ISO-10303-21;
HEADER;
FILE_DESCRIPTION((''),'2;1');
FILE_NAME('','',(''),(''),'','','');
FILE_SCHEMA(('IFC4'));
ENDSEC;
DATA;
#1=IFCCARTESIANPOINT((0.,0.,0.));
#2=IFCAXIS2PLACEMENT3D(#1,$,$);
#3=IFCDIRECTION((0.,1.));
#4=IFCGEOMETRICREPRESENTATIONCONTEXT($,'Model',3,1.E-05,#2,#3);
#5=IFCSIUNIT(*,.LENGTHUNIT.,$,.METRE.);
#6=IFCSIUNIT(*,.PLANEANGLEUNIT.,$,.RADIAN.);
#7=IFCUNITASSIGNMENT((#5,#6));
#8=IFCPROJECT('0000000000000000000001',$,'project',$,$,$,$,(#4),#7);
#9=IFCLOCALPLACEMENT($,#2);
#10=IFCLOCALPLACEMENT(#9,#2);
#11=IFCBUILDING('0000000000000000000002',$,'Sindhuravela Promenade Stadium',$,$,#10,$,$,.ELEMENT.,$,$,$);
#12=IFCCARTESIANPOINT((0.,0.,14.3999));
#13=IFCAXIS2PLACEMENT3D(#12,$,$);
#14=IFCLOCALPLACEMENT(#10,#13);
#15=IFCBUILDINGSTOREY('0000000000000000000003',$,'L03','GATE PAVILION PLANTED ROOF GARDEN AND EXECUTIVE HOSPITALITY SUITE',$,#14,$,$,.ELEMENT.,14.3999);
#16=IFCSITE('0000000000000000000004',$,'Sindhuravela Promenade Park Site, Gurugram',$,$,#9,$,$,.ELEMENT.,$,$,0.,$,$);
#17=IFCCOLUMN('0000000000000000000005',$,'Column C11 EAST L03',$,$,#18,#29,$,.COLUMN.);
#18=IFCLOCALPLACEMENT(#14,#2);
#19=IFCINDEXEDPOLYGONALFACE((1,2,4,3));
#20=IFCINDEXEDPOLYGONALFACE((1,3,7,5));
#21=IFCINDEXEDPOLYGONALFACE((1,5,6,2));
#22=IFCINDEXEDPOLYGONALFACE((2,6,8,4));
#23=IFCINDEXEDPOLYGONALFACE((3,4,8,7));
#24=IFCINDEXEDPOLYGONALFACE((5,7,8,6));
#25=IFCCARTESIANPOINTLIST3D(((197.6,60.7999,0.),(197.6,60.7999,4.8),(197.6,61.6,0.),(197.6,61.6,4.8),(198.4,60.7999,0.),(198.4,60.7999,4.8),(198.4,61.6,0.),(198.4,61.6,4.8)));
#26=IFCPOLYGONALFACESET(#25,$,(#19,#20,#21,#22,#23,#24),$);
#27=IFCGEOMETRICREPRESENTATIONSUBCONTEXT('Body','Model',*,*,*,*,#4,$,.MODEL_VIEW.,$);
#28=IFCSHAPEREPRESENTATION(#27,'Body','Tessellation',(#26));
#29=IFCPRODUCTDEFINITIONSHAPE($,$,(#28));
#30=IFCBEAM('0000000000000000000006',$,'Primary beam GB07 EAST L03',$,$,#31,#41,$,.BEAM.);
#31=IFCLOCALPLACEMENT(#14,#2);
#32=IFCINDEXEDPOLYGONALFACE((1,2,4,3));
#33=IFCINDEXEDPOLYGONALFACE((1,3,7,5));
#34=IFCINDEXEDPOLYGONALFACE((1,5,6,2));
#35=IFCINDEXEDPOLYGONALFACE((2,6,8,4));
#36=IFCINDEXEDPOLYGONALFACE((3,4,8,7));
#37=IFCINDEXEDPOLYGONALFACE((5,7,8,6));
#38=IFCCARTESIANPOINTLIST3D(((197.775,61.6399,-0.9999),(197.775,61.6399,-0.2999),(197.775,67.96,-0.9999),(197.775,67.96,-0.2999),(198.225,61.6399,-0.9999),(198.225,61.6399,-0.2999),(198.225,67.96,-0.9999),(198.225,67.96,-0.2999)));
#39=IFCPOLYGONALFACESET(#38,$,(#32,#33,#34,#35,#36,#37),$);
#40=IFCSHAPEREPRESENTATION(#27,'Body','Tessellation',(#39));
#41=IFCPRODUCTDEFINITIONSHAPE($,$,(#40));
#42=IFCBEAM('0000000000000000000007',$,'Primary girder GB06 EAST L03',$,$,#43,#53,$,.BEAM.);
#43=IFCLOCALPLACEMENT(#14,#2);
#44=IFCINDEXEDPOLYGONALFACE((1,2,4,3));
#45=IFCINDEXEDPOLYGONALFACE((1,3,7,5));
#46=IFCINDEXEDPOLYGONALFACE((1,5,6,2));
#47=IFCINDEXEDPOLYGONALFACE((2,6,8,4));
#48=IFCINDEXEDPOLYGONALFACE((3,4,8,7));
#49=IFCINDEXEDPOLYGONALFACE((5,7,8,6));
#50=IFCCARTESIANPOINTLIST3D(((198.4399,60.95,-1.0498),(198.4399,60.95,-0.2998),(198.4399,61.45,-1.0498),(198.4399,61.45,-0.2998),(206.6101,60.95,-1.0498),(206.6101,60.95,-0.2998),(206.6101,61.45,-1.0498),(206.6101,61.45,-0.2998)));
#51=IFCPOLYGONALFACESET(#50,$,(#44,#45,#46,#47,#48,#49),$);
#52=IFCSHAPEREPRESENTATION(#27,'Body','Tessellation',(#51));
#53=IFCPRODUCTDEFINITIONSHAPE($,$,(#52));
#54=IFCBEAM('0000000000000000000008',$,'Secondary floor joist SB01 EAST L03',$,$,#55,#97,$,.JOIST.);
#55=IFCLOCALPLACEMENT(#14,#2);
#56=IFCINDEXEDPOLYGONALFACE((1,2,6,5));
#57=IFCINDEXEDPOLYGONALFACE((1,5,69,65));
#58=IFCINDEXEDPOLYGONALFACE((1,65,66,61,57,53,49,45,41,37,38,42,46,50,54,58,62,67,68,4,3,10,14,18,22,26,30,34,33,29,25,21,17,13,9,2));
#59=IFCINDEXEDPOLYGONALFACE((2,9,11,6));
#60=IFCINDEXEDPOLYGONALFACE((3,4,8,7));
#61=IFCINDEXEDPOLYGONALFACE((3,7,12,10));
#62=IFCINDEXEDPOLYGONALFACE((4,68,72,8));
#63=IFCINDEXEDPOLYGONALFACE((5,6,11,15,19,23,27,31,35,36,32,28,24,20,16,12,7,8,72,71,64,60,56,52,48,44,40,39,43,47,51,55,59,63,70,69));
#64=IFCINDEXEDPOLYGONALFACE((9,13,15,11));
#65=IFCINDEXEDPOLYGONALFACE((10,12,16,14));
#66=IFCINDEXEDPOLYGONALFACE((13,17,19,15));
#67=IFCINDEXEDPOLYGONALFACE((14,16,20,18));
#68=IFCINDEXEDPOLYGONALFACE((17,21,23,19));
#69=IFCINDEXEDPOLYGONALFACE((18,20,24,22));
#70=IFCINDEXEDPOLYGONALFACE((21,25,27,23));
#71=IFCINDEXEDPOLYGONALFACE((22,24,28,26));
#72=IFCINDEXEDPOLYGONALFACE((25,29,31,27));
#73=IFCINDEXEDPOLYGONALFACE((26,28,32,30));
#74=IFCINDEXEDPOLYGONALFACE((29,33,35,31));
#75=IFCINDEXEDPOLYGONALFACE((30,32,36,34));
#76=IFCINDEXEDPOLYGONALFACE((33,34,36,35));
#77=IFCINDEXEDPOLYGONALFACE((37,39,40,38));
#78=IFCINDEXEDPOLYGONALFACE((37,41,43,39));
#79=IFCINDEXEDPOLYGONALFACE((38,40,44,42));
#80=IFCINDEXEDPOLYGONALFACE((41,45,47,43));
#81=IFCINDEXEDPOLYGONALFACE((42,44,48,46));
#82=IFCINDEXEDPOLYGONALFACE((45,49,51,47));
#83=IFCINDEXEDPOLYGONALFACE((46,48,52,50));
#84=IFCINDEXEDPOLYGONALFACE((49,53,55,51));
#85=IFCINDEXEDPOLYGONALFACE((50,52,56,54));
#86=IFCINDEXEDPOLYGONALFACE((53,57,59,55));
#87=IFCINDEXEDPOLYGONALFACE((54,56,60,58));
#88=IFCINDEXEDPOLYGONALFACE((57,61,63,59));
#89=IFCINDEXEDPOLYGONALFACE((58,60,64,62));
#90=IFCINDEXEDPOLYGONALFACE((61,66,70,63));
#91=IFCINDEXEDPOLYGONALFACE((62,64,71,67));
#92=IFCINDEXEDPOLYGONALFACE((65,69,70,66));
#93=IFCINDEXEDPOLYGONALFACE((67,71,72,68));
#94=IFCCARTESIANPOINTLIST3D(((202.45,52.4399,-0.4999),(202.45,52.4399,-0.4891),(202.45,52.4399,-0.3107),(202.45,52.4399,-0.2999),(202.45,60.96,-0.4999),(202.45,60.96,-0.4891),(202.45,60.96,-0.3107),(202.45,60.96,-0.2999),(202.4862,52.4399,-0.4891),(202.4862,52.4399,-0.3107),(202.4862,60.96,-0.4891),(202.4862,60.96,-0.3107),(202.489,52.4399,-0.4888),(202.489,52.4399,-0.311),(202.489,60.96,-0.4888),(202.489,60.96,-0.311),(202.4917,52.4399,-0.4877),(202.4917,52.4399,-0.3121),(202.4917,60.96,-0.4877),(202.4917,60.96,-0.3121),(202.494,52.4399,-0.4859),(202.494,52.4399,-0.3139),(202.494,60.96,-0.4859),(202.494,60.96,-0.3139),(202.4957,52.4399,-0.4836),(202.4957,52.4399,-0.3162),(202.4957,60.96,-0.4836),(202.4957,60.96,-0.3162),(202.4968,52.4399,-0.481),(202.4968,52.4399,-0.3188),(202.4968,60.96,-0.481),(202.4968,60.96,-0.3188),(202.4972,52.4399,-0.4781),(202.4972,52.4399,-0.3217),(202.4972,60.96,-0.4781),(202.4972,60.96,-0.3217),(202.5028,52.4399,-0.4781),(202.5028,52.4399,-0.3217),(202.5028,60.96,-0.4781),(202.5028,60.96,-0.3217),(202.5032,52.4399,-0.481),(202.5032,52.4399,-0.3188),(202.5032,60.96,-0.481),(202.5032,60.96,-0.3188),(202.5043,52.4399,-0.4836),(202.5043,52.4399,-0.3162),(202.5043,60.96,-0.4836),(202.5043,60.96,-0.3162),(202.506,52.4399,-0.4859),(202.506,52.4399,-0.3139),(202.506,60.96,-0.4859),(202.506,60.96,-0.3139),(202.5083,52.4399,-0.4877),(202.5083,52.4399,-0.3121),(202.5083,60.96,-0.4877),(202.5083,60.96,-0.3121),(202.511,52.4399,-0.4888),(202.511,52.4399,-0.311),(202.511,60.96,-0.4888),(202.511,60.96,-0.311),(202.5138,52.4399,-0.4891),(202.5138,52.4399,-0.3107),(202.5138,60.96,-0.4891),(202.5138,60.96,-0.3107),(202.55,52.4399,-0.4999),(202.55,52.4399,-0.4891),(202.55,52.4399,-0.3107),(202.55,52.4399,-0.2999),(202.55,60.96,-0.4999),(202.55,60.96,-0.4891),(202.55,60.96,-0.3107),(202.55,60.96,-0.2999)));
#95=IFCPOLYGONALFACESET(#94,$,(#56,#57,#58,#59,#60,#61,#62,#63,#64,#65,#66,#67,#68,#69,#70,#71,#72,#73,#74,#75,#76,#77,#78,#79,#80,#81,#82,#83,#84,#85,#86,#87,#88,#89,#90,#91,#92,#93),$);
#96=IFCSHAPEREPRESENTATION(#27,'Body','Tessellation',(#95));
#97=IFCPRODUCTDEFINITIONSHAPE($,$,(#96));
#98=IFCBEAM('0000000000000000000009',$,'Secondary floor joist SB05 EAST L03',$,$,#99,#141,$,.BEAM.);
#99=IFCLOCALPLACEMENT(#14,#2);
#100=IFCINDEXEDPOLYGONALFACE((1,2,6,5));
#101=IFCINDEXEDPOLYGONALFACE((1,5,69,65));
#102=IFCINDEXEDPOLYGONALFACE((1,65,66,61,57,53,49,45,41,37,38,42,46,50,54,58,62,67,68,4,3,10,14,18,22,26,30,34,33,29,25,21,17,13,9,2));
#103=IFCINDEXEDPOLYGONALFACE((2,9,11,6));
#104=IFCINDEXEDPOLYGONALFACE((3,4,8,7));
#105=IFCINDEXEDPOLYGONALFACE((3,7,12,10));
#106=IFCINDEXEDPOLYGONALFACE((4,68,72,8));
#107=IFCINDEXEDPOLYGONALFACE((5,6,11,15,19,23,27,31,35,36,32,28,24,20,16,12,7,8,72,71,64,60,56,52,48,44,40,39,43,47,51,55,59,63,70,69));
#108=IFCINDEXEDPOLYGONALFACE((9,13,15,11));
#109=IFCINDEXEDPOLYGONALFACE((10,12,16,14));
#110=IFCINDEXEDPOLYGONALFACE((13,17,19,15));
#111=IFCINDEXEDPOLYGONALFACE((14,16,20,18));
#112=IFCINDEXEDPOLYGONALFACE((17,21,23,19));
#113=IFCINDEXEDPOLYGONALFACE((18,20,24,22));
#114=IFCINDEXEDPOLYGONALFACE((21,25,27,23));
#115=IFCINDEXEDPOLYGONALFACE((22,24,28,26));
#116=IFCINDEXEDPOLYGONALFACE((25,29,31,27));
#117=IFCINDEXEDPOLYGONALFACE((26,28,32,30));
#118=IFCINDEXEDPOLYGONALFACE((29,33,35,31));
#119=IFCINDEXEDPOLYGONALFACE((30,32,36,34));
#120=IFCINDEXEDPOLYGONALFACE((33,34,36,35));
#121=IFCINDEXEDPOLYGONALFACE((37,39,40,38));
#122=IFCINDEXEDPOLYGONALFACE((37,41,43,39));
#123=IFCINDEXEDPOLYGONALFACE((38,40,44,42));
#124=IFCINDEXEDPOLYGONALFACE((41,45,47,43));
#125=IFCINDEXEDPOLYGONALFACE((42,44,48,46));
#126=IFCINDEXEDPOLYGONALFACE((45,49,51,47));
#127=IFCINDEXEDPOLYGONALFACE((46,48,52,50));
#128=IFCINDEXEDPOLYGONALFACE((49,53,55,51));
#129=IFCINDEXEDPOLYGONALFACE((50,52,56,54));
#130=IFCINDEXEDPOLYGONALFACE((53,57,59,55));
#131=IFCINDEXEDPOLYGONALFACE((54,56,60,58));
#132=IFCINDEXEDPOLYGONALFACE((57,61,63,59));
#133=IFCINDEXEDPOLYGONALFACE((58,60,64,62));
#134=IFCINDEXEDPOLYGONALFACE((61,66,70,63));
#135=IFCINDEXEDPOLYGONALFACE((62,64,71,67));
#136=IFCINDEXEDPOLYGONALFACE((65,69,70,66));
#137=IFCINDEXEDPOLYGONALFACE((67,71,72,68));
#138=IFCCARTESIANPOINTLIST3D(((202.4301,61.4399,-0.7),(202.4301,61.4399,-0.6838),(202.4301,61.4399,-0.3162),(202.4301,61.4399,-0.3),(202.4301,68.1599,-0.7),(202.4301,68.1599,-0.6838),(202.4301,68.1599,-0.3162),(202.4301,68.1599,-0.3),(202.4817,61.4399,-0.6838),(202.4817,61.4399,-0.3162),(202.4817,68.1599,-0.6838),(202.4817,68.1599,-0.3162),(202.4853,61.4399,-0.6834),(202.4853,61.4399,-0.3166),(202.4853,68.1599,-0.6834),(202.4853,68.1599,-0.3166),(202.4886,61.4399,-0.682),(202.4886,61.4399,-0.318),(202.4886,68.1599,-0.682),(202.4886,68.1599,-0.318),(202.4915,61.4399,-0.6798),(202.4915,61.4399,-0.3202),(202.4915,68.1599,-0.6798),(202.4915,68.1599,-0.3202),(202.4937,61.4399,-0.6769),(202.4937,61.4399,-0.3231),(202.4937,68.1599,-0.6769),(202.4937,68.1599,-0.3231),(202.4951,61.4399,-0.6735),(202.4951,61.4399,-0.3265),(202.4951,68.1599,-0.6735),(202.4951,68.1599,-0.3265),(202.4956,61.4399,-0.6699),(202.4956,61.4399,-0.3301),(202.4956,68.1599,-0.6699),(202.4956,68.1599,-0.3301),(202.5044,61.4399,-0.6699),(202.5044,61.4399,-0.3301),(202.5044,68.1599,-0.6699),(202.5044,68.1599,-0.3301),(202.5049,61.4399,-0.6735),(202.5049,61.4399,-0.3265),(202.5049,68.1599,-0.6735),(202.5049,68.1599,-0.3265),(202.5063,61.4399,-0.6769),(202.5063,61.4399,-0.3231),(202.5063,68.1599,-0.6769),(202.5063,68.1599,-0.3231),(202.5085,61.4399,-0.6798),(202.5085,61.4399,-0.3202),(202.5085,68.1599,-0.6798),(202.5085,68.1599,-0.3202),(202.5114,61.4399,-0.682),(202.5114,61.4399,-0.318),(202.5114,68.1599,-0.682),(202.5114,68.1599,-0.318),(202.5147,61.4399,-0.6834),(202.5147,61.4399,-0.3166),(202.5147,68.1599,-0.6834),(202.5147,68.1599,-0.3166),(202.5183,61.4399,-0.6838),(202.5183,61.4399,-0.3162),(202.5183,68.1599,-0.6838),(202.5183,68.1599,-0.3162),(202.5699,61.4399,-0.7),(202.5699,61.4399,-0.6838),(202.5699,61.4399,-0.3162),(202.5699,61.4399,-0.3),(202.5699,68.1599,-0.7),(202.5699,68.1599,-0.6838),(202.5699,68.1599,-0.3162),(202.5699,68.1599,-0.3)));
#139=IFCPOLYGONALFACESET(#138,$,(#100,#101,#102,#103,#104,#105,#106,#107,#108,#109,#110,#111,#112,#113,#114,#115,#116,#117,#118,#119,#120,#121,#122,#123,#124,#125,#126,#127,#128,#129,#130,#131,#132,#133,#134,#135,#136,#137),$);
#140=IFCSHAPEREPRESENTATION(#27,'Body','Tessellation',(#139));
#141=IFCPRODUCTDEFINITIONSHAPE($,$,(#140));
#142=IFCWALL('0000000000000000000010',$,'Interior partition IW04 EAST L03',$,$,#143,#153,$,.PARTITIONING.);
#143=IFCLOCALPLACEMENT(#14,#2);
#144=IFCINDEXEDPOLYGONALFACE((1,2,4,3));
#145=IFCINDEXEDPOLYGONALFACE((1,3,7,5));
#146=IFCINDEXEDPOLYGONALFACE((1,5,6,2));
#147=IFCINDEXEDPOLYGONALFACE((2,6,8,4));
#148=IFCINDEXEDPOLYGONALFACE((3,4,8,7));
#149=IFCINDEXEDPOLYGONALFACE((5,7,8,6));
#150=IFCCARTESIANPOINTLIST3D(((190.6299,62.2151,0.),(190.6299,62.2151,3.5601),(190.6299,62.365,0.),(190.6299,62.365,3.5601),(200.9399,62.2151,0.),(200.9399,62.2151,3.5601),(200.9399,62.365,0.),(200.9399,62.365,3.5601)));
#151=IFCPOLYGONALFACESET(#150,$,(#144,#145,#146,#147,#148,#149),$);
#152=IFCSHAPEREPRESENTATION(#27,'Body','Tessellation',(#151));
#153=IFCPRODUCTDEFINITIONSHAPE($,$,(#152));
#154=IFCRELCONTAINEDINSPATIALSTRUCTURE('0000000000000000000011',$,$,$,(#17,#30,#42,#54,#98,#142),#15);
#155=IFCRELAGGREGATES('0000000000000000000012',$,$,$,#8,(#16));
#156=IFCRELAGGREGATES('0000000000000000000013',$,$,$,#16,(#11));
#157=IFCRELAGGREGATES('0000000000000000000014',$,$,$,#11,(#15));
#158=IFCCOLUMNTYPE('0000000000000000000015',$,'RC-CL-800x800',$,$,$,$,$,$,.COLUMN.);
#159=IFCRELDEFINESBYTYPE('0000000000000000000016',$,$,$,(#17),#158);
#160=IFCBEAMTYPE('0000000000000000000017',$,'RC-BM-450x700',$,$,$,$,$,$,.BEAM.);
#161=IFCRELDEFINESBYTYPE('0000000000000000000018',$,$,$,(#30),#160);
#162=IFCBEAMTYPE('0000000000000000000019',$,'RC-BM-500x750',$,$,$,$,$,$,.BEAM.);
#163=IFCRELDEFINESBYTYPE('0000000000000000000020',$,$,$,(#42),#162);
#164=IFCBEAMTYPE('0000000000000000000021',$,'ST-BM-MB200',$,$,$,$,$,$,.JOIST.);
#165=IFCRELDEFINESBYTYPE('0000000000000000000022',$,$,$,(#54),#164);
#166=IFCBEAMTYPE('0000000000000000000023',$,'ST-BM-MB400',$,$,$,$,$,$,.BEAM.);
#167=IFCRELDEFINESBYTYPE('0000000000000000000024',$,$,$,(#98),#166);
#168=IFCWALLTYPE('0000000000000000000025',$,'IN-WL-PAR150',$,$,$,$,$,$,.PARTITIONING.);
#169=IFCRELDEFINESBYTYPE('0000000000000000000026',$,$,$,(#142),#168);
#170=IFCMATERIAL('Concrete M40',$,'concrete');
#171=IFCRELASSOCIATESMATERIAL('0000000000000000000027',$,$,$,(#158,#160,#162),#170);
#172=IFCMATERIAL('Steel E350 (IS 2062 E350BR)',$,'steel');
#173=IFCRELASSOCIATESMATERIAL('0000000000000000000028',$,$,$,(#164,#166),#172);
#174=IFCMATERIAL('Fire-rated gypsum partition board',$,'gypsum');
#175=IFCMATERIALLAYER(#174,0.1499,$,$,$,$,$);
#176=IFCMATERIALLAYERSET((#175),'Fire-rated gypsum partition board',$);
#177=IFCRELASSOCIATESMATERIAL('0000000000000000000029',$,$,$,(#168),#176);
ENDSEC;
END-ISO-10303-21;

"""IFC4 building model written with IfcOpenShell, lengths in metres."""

from ifc_helpers import new_model, si_unit, direction, frame, frame_2d, origin, origin_2d, place, context, subcontext, project, spatial, rectangle, i_section, extrude, material, layer, layer_set, material_profile, profile_set, type_object, element, save


model = new_model("IFC4")

# Units and contexts
model_context = context("Model", 3, precision=1e-05, world=origin(), true_north=direction((0.0, 1.0)))
body_context = subcontext(model_context, "Body", "Model", "MODEL_VIEW")
ifc_project = project(units=[si_unit("LENGTHUNIT", "METRE"), si_unit("PLANEANGLEUNIT", "RADIAN")], contexts=[model_context])

# Site, building, storey
site_placement = place(None, origin())
site = spatial("IfcSite", under=ifc_project, at=site_placement, Name="Sindhuravela Promenade Park Site, Gurugram", CompositionType="ELEMENT", RefElevation=0.0)
building_placement = place(site_placement, origin())
building = spatial("IfcBuilding", under=site, at=building_placement, Name="Sindhuravela Promenade Stadium", CompositionType="ELEMENT")
storey_placement = place(building_placement, frame((0.0, 0.0, 14.3999)))
storey = spatial("IfcBuildingStorey", under=building, at=storey_placement, Name="L03", Description="GATE PAVILION PLANTED ROOF GARDEN AND EXECUTIVE HOSPITALITY SUITE", CompositionType="ELEMENT", Elevation=14.3999)

# Column
ifc_material_1 = material(Name="Concrete M40", Category="concrete")
ifc_material_profile_1 = material_profile(ifc_material_1, rectangle(XDim=0.8, YDim=0.8, at=origin_2d()), Name="RC 800x800")
ifc_profile_set_1 = profile_set([ifc_material_profile_1], Name="Concrete M40")
column_type = type_object("IfcColumnType", Name="RC-CL-800x800", PredefinedType="COLUMN", material=ifc_profile_set_1)
column_placement = place(storey_placement, frame((198.0, 61.2, 0.0), z_axis=(0.0, 0.0, 1.0), x_axis=(1.0, 0.0, 0.0)))
element("IfcColumn", 1, at=column_placement, inside=storey, type_object=column_type, Name="Column C11 EAST L03", PredefinedType="COLUMN", context=body_context, shape_type="SweptSolid", body=[
    extrude(rectangle(XDim=0.8, YDim=0.8, at=origin_2d()), origin(), (0.0, 0.0, 1.0), 4.8),
])

# Beams
ifc_material_profile_2 = material_profile(ifc_material_1, rectangle(XDim=0.45, YDim=0.7, at=origin_2d()), Name="RC 450x700")
ifc_profile_set_2 = profile_set([ifc_material_profile_2], Name="Concrete M40")
beam_type_1 = type_object("IfcBeamType", Name="RC-BM-450x700", PredefinedType="BEAM", material=ifc_profile_set_2)
beam_1_placement = place(storey_placement, frame((198.0, 61.6399, -0.6499), z_axis=(0.0, 1.0, 0.0), x_axis=(-1.0, 0.0, 0.0)))
element("IfcBeam", 2, at=beam_1_placement, inside=storey, type_object=beam_type_1, Name="Primary beam GB07 EAST L03", PredefinedType="BEAM", context=body_context, shape_type="SweptSolid", body=[
    extrude(rectangle(XDim=0.45, YDim=0.7, at=origin_2d()), origin(), (0.0, 0.0, 1.0), 6.3201),
])
ifc_material_profile_3 = material_profile(ifc_material_1, rectangle(XDim=0.5, YDim=0.75, at=origin_2d()), Name="RC 500x750")
ifc_profile_set_3 = profile_set([ifc_material_profile_3], Name="Concrete M40")
beam_type_2 = type_object("IfcBeamType", Name="RC-BM-500x750", PredefinedType="BEAM", material=ifc_profile_set_3)
beam_2_placement = place(storey_placement, frame((198.4399, 61.2, -0.6748), z_axis=(1.0, 0.0, 0.0), x_axis=(0.0, 1.0, 0.0)))
element("IfcBeam", 3, at=beam_2_placement, inside=storey, type_object=beam_type_2, Name="Primary girder GB06 EAST L03", PredefinedType="BEAM", context=body_context, shape_type="SweptSolid", body=[
    extrude(rectangle(XDim=0.5, YDim=0.75, at=origin_2d()), origin(), (0.0, 0.0, 1.0), 8.1702),
])
ifc_material_2 = material(Name="Steel E350 (IS 2062 E350BR)", Category="steel")
ifc_material_profile_4 = material_profile(ifc_material_2, i_section(OverallWidth=0.1001, OverallDepth=0.2, WebThickness=0.0056, FlangeThickness=0.0107, FilletRadius=0.011, at=origin_2d()), Name="ISMB 200")
ifc_profile_set_4 = profile_set([ifc_material_profile_4], Name="Steel E350 (IS 2062 E350BR)")
beam_type_3 = type_object("IfcBeamType", Name="ST-BM-MB200", PredefinedType="JOIST", material=ifc_profile_set_4)
beam_3_placement = place(storey_placement, frame((202.5, 52.4399, -0.3999), z_axis=(0.0, 1.0, 0.0), x_axis=(-1.0, 0.0, 0.0)))
element("IfcBeam", 4, at=beam_3_placement, inside=storey, type_object=beam_type_3, Name="Secondary floor joist SB01 EAST L03", PredefinedType="JOIST", context=body_context, shape_type="SweptSolid", body=[
    extrude(i_section(OverallWidth=0.1001, OverallDepth=0.2, WebThickness=0.0056, FlangeThickness=0.0107, FilletRadius=0.011, at=origin_2d()), origin(), (0.0, 0.0, 1.0), 8.52),
])
ifc_material_profile_5 = material_profile(ifc_material_2, i_section(OverallWidth=0.1399, OverallDepth=0.3999, WebThickness=0.0088, FlangeThickness=0.0161, FilletRadius=0.0139, at=origin_2d()), Name="ISMB 400")
ifc_profile_set_5 = profile_set([ifc_material_profile_5], Name="Steel E350 (IS 2062 E350BR)")
beam_type_4 = type_object("IfcBeamType", Name="ST-BM-MB400", PredefinedType="BEAM", material=ifc_profile_set_5)
beam_4_placement = place(storey_placement, frame((202.5, 61.4399, -0.5), z_axis=(0.0, 1.0, 0.0), x_axis=(-1.0, 0.0, 0.0)))
element("IfcBeam", 5, at=beam_4_placement, inside=storey, type_object=beam_type_4, Name="Secondary floor joist SB05 EAST L03", PredefinedType="BEAM", context=body_context, shape_type="SweptSolid", body=[
    extrude(i_section(OverallWidth=0.1399, OverallDepth=0.3999, WebThickness=0.0088, FlangeThickness=0.0161, FilletRadius=0.0139, at=origin_2d()), origin(), (0.0, 0.0, 1.0), 6.72),
])

# Wall
ifc_material_3 = material(Name="Fire-rated gypsum partition board", Category="gypsum")
ifc_layer_1 = layer(ifc_material_3, 0.1499)
ifc_layer_set_1 = layer_set([ifc_layer_1], Name="Fire-rated gypsum partition board")
wall_type_1 = type_object("IfcWallType", Name="IN-WL-PAR150", PredefinedType="PARTITIONING", material=ifc_layer_set_1)
wall_1_placement = place(storey_placement, frame((200.9399, 62.29, 0.0), z_axis=(0.0, 0.0, 1.0), x_axis=(-1.0, 0.0, 0.0)))
element("IfcWall", 6, at=wall_1_placement, inside=storey, type_object=wall_type_1, Name="Interior partition IW04 EAST L03", PredefinedType="PARTITIONING", context=body_context, shape_type="SweptSolid", body=[
    extrude(rectangle(XDim=10.3101, YDim=0.1499, at=frame_2d((5.155, 0.0))), origin(), (0.0, 0.0, 1.0), 3.5601),
])

save(model, "model.ifc")
